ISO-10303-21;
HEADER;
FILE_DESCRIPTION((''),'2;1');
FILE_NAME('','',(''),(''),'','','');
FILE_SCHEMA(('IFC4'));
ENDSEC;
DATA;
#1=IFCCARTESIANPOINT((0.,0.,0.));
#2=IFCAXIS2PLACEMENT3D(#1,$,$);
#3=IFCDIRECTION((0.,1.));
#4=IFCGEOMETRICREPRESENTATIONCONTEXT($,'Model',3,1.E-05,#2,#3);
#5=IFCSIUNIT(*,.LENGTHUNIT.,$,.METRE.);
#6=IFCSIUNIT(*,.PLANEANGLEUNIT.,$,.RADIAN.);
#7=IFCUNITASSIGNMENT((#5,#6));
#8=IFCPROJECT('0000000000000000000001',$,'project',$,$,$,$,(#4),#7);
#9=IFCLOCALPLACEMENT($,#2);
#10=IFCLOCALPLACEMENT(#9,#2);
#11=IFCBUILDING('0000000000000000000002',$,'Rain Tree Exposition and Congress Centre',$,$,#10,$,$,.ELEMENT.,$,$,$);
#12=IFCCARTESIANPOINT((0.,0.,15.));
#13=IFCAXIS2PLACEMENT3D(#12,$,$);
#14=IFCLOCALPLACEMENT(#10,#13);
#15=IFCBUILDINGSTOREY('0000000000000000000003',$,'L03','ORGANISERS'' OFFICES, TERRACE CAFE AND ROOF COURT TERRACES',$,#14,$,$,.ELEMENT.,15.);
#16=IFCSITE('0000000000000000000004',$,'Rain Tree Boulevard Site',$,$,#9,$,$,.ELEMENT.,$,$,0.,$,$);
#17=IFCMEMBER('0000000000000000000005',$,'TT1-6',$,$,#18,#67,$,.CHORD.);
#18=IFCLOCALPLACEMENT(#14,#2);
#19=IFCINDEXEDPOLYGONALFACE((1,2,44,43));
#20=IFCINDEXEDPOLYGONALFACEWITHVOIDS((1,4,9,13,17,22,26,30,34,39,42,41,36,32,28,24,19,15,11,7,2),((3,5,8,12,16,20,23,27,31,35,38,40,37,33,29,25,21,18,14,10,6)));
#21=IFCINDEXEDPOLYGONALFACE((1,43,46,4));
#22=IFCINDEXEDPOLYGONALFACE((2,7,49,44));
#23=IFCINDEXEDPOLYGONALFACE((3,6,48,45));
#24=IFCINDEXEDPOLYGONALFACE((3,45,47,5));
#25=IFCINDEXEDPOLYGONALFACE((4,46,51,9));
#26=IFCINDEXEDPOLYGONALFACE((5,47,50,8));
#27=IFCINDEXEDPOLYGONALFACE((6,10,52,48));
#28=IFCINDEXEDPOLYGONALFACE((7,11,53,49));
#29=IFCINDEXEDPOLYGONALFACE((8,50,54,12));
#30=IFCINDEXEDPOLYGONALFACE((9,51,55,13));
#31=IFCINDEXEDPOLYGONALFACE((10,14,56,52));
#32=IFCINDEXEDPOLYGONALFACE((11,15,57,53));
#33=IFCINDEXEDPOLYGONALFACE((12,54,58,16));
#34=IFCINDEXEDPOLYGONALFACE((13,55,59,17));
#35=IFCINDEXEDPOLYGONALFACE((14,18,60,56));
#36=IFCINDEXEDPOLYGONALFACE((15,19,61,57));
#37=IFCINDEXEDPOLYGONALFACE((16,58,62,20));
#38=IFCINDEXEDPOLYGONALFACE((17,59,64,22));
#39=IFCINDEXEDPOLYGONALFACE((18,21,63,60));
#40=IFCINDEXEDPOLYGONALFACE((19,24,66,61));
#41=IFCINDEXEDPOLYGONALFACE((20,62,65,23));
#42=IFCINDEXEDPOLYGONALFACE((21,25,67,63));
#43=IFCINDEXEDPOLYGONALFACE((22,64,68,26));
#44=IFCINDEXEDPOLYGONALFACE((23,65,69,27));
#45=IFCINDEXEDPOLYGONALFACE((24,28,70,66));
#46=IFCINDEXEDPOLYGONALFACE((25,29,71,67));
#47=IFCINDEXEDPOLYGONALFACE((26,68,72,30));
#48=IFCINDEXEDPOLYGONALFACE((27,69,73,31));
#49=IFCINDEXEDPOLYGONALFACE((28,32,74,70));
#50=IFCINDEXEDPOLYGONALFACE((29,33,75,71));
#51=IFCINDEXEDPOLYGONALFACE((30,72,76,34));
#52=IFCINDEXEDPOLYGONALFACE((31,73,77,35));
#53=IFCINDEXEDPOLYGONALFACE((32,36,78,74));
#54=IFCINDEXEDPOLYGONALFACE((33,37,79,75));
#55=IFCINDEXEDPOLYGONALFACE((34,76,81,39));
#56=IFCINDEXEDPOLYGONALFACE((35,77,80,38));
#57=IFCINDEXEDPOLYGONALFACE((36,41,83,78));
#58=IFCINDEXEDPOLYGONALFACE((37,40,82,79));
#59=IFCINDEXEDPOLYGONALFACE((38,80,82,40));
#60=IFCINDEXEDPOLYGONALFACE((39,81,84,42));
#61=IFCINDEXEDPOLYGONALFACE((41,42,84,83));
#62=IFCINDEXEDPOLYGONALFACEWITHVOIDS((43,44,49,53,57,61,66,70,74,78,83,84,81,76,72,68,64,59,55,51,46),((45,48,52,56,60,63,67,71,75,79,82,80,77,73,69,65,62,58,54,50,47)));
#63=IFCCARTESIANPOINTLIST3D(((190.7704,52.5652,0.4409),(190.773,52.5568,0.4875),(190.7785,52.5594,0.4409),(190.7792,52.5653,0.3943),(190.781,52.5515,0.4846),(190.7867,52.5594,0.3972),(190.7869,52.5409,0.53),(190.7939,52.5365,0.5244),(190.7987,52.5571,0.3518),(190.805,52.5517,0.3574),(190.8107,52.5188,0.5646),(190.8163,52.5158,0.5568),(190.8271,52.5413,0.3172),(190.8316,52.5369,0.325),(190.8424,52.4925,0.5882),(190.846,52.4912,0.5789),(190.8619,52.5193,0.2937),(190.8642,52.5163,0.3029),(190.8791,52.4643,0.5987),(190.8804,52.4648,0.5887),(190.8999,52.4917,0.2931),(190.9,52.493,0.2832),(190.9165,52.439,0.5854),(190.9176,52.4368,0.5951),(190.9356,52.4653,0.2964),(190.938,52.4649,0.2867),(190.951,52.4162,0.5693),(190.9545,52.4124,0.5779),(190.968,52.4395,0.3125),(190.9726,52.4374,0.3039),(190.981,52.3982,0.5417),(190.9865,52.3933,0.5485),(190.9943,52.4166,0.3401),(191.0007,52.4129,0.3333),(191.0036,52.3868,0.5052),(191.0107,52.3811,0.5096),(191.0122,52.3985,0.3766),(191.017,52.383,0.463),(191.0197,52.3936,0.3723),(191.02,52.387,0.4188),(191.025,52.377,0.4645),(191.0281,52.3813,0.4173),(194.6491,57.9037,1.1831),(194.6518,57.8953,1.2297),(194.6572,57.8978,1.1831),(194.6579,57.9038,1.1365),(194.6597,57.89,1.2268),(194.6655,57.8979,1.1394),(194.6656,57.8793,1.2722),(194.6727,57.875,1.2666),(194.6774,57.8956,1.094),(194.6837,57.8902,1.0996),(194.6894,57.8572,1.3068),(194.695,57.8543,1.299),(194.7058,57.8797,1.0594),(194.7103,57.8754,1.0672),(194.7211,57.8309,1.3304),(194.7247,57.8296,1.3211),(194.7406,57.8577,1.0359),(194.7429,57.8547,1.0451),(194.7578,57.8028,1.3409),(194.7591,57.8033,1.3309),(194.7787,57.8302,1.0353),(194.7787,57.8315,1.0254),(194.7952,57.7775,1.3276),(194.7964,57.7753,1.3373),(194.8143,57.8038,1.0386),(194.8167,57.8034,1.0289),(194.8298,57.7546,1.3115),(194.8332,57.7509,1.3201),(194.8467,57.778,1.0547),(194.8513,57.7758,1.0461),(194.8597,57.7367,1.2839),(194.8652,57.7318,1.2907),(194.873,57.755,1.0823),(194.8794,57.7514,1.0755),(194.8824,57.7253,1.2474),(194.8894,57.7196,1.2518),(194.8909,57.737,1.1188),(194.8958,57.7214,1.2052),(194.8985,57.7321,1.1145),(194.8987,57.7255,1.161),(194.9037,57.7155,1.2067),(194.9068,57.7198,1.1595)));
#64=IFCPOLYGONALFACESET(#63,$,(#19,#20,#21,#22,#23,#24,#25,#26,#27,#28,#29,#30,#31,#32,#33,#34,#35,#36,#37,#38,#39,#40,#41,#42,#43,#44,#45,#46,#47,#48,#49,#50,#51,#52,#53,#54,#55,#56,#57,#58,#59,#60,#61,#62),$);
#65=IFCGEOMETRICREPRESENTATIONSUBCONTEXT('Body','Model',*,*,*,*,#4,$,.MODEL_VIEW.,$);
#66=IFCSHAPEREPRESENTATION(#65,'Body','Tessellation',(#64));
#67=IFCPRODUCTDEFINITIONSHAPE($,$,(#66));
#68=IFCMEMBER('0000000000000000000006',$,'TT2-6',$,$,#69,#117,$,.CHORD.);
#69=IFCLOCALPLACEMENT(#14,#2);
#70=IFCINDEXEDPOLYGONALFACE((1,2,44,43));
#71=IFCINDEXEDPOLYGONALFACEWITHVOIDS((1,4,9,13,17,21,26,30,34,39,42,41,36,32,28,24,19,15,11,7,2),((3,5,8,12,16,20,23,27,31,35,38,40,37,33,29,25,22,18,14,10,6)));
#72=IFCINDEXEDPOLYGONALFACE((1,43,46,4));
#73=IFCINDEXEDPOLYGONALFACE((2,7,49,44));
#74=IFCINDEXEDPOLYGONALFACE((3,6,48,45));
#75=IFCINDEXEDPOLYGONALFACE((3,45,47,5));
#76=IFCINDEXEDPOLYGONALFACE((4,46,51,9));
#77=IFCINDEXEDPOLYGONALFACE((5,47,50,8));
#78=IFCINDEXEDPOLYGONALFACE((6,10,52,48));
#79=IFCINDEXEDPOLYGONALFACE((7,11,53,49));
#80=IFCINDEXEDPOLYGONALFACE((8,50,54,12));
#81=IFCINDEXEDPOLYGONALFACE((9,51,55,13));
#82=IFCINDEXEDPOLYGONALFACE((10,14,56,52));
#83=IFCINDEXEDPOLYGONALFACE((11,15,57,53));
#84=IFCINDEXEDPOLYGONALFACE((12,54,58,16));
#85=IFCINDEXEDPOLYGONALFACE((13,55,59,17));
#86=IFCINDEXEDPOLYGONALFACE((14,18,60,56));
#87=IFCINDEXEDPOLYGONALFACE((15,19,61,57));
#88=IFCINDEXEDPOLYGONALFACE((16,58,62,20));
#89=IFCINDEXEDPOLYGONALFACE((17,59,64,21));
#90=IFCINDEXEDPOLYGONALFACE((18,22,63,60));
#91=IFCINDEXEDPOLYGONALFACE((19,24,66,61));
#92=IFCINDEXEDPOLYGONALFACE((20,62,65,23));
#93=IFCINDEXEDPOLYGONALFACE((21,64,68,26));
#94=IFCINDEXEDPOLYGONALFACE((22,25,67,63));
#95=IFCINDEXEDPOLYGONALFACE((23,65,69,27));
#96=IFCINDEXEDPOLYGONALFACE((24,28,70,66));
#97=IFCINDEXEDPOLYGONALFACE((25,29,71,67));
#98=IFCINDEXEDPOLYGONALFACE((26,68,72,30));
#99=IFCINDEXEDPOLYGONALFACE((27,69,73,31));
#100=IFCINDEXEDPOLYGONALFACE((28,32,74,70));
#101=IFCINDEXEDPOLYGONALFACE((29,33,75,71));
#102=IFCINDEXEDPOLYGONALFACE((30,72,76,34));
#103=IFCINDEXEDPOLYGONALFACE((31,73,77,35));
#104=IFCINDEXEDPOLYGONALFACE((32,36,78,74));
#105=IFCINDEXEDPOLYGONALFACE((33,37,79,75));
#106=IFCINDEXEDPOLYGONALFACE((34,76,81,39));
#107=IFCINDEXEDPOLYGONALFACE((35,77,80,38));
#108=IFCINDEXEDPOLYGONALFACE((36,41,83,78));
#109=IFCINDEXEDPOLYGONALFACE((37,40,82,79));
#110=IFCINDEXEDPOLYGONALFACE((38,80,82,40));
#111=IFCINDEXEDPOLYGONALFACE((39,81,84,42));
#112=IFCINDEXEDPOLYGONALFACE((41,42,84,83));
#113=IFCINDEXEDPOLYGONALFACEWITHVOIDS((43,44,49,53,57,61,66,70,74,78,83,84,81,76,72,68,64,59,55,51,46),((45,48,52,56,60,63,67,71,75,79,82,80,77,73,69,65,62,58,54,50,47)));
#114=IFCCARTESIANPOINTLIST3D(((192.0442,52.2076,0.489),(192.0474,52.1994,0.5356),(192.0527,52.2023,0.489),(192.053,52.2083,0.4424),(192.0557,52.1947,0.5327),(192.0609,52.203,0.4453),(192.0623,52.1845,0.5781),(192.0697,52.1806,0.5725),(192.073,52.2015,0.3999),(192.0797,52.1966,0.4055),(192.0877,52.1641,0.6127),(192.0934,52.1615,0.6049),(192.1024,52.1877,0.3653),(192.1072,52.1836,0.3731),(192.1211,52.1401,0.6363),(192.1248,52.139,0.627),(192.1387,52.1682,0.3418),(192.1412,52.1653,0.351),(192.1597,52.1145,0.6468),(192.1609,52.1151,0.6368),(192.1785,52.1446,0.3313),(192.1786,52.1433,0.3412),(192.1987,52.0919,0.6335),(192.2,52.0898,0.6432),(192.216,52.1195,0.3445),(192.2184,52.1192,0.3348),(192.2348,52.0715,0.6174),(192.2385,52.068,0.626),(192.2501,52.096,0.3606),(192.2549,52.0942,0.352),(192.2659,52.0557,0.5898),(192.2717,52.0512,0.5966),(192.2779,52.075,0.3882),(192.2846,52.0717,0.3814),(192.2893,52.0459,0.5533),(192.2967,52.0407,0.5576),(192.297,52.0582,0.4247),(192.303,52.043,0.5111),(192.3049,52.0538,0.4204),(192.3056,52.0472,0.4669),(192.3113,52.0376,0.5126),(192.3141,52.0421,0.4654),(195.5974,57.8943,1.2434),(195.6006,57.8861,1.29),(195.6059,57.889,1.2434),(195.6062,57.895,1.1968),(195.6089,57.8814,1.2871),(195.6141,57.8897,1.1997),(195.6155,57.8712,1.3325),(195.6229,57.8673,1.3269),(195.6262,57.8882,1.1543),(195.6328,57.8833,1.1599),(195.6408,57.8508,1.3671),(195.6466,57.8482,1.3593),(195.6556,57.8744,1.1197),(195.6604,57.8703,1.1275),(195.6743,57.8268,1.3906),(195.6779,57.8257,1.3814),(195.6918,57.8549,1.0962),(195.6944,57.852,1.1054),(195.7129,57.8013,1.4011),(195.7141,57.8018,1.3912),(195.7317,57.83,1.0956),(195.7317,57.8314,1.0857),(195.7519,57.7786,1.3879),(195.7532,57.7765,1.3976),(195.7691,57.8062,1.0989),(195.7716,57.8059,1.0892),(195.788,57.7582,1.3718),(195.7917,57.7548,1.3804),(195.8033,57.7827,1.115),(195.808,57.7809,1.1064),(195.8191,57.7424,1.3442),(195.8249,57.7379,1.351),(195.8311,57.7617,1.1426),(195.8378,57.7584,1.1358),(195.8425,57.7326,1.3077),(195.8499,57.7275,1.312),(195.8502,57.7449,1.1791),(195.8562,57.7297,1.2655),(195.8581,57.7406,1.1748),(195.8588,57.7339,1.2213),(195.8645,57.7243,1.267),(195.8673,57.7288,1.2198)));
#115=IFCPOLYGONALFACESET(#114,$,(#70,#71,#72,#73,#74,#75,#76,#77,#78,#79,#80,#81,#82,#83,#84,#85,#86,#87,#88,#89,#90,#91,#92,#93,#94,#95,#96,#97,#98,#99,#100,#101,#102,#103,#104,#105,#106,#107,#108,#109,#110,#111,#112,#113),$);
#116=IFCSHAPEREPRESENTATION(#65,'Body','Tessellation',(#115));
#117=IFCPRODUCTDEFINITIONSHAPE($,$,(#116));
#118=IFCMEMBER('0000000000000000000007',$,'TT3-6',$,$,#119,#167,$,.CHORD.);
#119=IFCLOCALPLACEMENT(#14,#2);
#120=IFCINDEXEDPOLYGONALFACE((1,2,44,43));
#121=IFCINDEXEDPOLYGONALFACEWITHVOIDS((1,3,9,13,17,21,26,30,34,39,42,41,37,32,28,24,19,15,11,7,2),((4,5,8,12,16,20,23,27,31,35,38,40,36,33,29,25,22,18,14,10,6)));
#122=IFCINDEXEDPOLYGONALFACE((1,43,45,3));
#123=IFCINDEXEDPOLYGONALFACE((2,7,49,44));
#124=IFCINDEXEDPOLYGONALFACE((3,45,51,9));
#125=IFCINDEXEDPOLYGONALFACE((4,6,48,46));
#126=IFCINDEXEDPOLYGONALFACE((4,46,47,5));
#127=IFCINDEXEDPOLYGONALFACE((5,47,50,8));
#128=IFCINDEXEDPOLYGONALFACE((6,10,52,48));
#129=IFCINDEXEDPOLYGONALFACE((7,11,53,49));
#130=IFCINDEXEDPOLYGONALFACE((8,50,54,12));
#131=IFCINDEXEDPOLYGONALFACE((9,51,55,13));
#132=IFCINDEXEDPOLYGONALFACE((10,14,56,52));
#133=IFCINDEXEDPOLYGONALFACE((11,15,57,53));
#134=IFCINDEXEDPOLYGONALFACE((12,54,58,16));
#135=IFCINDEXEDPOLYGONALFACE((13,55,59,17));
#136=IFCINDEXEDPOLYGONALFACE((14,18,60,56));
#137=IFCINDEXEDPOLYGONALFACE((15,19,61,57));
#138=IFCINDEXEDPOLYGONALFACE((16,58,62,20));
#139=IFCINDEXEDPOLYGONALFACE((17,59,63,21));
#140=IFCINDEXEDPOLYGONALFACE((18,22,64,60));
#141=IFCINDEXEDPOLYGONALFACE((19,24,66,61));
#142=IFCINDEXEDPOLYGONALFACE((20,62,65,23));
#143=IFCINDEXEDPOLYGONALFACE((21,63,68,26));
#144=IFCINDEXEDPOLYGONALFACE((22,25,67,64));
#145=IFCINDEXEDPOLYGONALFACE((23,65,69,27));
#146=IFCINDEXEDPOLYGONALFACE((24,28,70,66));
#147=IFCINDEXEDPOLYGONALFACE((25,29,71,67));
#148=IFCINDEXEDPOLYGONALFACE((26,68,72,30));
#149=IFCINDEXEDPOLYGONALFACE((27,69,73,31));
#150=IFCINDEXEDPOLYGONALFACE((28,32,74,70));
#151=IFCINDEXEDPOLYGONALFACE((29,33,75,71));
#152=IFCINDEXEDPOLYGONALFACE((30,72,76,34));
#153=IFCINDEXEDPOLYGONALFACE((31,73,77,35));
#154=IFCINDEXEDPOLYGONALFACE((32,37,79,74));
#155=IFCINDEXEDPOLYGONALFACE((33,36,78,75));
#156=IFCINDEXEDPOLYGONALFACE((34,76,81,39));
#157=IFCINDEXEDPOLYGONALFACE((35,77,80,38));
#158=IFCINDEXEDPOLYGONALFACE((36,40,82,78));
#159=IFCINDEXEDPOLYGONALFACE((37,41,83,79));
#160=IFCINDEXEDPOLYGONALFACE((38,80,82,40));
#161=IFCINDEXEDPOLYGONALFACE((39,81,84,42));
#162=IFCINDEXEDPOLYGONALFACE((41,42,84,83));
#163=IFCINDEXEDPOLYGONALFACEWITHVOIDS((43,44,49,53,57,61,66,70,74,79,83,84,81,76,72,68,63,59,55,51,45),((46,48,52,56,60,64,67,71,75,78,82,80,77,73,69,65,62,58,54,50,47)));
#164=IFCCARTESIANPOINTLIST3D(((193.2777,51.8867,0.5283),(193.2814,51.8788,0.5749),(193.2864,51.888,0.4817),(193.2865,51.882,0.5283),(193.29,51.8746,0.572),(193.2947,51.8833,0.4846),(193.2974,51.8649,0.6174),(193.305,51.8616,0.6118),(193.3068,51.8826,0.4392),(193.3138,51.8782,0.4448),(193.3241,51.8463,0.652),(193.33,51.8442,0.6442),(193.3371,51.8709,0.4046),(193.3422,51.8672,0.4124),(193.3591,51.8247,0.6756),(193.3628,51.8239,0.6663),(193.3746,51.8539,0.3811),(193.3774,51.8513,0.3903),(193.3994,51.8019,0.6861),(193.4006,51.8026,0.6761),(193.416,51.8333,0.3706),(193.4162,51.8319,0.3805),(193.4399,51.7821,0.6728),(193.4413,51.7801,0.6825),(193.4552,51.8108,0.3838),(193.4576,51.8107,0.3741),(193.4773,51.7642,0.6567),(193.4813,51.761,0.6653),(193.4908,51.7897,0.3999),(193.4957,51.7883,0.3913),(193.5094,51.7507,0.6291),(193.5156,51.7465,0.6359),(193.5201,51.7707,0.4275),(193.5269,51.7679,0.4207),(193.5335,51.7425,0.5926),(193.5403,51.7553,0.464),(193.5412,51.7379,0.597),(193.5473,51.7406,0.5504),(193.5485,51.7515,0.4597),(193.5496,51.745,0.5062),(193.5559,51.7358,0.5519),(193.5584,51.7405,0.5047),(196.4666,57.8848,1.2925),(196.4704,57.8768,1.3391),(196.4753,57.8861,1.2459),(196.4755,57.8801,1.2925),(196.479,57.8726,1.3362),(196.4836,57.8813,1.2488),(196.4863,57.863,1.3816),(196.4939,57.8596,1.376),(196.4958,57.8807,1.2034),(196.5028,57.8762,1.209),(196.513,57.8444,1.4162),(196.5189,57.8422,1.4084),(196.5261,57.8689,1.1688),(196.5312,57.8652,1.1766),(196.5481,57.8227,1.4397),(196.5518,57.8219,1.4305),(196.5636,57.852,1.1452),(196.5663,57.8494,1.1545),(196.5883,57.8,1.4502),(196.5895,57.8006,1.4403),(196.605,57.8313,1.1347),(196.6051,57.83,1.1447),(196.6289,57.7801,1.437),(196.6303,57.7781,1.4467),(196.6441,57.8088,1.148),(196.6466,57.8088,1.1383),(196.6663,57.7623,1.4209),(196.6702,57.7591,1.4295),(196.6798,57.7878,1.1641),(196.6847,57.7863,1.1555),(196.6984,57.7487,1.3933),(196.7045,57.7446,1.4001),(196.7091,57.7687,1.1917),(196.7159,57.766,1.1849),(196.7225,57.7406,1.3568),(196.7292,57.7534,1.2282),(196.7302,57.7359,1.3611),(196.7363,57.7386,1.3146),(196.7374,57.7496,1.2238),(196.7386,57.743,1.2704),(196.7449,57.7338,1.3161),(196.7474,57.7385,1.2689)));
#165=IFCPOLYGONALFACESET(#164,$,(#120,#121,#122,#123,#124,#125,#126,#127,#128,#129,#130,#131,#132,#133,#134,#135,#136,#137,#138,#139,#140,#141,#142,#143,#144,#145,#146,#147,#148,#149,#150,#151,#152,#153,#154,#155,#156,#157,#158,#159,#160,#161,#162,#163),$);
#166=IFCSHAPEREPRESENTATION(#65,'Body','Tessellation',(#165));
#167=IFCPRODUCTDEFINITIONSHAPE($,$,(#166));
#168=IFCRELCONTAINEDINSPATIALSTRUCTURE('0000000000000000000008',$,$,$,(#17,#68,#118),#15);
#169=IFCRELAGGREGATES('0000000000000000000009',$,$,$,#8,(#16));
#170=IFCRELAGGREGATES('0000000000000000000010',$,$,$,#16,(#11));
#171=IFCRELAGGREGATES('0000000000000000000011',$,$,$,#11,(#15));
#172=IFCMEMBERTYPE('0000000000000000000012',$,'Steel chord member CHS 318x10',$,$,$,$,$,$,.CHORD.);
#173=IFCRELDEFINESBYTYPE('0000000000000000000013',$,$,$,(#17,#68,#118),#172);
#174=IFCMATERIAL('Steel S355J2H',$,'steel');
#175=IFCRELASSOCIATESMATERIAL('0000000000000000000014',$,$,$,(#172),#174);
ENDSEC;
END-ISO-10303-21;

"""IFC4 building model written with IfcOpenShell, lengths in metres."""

from ifc_helpers import new_model, si_unit, direction, frame, origin, origin_2d, place, context, subcontext, project, spatial, hollow_circle, extrude, material, material_profile, profile_set, type_object, element, save


model = new_model("IFC4")

# Units and contexts
model_context = context("Model", 3, precision=1e-05, world=origin(), true_north=direction((0.0, 1.0)))
body_context = subcontext(model_context, "Body", "Model", "MODEL_VIEW")
ifc_project = project(units=[si_unit("LENGTHUNIT", "METRE"), si_unit("PLANEANGLEUNIT", "RADIAN")], contexts=[model_context])

# Site, building, storey
site_placement = place(None, origin())
site = spatial("IfcSite", under=ifc_project, at=site_placement, Name="Rain Tree Boulevard Site", CompositionType="ELEMENT", RefElevation=0.0)
building_placement = place(site_placement, origin())
building = spatial("IfcBuilding", under=site, at=building_placement, Name="Rain Tree Exposition and Congress Centre", CompositionType="ELEMENT")
storey_placement = place(building_placement, frame((0.0, 0.0, 15.0)))
storey = spatial("IfcBuildingStorey", under=building, at=storey_placement, Name="L03", Description="ORGANISERS' OFFICES, TERRACE CAFE AND ROOF COURT TERRACES", CompositionType="ELEMENT", Elevation=15.0)

# Members
ifc_material_1 = material(Name="Steel S355J2H", Category="steel")
ifc_material_profile_1 = material_profile(ifc_material_1, hollow_circle(Radius=0.1592, WallThickness=0.01, at=origin_2d()), Name="CHS 318x10")
ifc_profile_set_1 = profile_set([ifc_material_profile_1], Name="Steel S355J2H")
member_type_1 = type_object("IfcMemberType", Name="Steel chord member CHS 318x10", PredefinedType="CHORD", material=ifc_profile_set_1)
member_1_placement = place(storey_placement, frame((190.8992, 52.4717, 0.4409), z_axis=(0.584112, 0.80394, 0.111771), x_axis=(-0.80901, 0.587795, 0.0)))
element("IfcMember", 1, at=member_1_placement, inside=storey, type_object=member_type_1, Name="TT1-6", PredefinedType="CHORD", context=body_context, shape_type="SweptSolid", body=[
    extrude(hollow_circle(Radius=0.1592, WallThickness=0.01, at=origin_2d()), origin(), (0.0, 0.0, 1.0), 6.6404),
])
member_2_placement = place(storey_placement, frame((192.1792, 52.1233, 0.489), z_axis=(0.526569, 0.842749, 0.111797), x_axis=(-0.848066, 0.529891, 0.0)))
element("IfcMember", 2, at=member_2_placement, inside=storey, type_object=member_type_1, Name="TT2-6", PredefinedType="CHORD", context=body_context, shape_type="SweptSolid", body=[
    extrude(hollow_circle(Radius=0.1592, WallThickness=0.01, at=origin_2d()), origin(), (0.0, 0.0, 1.0), 6.7478),
])
member_3_placement = place(storey_placement, frame((193.4182, 51.812, 0.5283), z_axis=(0.4665, 0.877429, 0.111786), x_axis=(-0.882963, 0.469442, 0.0)))
element("IfcMember", 3, at=member_3_placement, inside=storey, type_object=member_type_1, Name="TT3-6", PredefinedType="CHORD", context=body_context, shape_type="SweptSolid", body=[
    extrude(hollow_circle(Radius=0.1592, WallThickness=0.01, at=origin_2d()), origin(), (0.0, 0.0, 1.0), 6.8359),
])

save(model, "model.ifc")
